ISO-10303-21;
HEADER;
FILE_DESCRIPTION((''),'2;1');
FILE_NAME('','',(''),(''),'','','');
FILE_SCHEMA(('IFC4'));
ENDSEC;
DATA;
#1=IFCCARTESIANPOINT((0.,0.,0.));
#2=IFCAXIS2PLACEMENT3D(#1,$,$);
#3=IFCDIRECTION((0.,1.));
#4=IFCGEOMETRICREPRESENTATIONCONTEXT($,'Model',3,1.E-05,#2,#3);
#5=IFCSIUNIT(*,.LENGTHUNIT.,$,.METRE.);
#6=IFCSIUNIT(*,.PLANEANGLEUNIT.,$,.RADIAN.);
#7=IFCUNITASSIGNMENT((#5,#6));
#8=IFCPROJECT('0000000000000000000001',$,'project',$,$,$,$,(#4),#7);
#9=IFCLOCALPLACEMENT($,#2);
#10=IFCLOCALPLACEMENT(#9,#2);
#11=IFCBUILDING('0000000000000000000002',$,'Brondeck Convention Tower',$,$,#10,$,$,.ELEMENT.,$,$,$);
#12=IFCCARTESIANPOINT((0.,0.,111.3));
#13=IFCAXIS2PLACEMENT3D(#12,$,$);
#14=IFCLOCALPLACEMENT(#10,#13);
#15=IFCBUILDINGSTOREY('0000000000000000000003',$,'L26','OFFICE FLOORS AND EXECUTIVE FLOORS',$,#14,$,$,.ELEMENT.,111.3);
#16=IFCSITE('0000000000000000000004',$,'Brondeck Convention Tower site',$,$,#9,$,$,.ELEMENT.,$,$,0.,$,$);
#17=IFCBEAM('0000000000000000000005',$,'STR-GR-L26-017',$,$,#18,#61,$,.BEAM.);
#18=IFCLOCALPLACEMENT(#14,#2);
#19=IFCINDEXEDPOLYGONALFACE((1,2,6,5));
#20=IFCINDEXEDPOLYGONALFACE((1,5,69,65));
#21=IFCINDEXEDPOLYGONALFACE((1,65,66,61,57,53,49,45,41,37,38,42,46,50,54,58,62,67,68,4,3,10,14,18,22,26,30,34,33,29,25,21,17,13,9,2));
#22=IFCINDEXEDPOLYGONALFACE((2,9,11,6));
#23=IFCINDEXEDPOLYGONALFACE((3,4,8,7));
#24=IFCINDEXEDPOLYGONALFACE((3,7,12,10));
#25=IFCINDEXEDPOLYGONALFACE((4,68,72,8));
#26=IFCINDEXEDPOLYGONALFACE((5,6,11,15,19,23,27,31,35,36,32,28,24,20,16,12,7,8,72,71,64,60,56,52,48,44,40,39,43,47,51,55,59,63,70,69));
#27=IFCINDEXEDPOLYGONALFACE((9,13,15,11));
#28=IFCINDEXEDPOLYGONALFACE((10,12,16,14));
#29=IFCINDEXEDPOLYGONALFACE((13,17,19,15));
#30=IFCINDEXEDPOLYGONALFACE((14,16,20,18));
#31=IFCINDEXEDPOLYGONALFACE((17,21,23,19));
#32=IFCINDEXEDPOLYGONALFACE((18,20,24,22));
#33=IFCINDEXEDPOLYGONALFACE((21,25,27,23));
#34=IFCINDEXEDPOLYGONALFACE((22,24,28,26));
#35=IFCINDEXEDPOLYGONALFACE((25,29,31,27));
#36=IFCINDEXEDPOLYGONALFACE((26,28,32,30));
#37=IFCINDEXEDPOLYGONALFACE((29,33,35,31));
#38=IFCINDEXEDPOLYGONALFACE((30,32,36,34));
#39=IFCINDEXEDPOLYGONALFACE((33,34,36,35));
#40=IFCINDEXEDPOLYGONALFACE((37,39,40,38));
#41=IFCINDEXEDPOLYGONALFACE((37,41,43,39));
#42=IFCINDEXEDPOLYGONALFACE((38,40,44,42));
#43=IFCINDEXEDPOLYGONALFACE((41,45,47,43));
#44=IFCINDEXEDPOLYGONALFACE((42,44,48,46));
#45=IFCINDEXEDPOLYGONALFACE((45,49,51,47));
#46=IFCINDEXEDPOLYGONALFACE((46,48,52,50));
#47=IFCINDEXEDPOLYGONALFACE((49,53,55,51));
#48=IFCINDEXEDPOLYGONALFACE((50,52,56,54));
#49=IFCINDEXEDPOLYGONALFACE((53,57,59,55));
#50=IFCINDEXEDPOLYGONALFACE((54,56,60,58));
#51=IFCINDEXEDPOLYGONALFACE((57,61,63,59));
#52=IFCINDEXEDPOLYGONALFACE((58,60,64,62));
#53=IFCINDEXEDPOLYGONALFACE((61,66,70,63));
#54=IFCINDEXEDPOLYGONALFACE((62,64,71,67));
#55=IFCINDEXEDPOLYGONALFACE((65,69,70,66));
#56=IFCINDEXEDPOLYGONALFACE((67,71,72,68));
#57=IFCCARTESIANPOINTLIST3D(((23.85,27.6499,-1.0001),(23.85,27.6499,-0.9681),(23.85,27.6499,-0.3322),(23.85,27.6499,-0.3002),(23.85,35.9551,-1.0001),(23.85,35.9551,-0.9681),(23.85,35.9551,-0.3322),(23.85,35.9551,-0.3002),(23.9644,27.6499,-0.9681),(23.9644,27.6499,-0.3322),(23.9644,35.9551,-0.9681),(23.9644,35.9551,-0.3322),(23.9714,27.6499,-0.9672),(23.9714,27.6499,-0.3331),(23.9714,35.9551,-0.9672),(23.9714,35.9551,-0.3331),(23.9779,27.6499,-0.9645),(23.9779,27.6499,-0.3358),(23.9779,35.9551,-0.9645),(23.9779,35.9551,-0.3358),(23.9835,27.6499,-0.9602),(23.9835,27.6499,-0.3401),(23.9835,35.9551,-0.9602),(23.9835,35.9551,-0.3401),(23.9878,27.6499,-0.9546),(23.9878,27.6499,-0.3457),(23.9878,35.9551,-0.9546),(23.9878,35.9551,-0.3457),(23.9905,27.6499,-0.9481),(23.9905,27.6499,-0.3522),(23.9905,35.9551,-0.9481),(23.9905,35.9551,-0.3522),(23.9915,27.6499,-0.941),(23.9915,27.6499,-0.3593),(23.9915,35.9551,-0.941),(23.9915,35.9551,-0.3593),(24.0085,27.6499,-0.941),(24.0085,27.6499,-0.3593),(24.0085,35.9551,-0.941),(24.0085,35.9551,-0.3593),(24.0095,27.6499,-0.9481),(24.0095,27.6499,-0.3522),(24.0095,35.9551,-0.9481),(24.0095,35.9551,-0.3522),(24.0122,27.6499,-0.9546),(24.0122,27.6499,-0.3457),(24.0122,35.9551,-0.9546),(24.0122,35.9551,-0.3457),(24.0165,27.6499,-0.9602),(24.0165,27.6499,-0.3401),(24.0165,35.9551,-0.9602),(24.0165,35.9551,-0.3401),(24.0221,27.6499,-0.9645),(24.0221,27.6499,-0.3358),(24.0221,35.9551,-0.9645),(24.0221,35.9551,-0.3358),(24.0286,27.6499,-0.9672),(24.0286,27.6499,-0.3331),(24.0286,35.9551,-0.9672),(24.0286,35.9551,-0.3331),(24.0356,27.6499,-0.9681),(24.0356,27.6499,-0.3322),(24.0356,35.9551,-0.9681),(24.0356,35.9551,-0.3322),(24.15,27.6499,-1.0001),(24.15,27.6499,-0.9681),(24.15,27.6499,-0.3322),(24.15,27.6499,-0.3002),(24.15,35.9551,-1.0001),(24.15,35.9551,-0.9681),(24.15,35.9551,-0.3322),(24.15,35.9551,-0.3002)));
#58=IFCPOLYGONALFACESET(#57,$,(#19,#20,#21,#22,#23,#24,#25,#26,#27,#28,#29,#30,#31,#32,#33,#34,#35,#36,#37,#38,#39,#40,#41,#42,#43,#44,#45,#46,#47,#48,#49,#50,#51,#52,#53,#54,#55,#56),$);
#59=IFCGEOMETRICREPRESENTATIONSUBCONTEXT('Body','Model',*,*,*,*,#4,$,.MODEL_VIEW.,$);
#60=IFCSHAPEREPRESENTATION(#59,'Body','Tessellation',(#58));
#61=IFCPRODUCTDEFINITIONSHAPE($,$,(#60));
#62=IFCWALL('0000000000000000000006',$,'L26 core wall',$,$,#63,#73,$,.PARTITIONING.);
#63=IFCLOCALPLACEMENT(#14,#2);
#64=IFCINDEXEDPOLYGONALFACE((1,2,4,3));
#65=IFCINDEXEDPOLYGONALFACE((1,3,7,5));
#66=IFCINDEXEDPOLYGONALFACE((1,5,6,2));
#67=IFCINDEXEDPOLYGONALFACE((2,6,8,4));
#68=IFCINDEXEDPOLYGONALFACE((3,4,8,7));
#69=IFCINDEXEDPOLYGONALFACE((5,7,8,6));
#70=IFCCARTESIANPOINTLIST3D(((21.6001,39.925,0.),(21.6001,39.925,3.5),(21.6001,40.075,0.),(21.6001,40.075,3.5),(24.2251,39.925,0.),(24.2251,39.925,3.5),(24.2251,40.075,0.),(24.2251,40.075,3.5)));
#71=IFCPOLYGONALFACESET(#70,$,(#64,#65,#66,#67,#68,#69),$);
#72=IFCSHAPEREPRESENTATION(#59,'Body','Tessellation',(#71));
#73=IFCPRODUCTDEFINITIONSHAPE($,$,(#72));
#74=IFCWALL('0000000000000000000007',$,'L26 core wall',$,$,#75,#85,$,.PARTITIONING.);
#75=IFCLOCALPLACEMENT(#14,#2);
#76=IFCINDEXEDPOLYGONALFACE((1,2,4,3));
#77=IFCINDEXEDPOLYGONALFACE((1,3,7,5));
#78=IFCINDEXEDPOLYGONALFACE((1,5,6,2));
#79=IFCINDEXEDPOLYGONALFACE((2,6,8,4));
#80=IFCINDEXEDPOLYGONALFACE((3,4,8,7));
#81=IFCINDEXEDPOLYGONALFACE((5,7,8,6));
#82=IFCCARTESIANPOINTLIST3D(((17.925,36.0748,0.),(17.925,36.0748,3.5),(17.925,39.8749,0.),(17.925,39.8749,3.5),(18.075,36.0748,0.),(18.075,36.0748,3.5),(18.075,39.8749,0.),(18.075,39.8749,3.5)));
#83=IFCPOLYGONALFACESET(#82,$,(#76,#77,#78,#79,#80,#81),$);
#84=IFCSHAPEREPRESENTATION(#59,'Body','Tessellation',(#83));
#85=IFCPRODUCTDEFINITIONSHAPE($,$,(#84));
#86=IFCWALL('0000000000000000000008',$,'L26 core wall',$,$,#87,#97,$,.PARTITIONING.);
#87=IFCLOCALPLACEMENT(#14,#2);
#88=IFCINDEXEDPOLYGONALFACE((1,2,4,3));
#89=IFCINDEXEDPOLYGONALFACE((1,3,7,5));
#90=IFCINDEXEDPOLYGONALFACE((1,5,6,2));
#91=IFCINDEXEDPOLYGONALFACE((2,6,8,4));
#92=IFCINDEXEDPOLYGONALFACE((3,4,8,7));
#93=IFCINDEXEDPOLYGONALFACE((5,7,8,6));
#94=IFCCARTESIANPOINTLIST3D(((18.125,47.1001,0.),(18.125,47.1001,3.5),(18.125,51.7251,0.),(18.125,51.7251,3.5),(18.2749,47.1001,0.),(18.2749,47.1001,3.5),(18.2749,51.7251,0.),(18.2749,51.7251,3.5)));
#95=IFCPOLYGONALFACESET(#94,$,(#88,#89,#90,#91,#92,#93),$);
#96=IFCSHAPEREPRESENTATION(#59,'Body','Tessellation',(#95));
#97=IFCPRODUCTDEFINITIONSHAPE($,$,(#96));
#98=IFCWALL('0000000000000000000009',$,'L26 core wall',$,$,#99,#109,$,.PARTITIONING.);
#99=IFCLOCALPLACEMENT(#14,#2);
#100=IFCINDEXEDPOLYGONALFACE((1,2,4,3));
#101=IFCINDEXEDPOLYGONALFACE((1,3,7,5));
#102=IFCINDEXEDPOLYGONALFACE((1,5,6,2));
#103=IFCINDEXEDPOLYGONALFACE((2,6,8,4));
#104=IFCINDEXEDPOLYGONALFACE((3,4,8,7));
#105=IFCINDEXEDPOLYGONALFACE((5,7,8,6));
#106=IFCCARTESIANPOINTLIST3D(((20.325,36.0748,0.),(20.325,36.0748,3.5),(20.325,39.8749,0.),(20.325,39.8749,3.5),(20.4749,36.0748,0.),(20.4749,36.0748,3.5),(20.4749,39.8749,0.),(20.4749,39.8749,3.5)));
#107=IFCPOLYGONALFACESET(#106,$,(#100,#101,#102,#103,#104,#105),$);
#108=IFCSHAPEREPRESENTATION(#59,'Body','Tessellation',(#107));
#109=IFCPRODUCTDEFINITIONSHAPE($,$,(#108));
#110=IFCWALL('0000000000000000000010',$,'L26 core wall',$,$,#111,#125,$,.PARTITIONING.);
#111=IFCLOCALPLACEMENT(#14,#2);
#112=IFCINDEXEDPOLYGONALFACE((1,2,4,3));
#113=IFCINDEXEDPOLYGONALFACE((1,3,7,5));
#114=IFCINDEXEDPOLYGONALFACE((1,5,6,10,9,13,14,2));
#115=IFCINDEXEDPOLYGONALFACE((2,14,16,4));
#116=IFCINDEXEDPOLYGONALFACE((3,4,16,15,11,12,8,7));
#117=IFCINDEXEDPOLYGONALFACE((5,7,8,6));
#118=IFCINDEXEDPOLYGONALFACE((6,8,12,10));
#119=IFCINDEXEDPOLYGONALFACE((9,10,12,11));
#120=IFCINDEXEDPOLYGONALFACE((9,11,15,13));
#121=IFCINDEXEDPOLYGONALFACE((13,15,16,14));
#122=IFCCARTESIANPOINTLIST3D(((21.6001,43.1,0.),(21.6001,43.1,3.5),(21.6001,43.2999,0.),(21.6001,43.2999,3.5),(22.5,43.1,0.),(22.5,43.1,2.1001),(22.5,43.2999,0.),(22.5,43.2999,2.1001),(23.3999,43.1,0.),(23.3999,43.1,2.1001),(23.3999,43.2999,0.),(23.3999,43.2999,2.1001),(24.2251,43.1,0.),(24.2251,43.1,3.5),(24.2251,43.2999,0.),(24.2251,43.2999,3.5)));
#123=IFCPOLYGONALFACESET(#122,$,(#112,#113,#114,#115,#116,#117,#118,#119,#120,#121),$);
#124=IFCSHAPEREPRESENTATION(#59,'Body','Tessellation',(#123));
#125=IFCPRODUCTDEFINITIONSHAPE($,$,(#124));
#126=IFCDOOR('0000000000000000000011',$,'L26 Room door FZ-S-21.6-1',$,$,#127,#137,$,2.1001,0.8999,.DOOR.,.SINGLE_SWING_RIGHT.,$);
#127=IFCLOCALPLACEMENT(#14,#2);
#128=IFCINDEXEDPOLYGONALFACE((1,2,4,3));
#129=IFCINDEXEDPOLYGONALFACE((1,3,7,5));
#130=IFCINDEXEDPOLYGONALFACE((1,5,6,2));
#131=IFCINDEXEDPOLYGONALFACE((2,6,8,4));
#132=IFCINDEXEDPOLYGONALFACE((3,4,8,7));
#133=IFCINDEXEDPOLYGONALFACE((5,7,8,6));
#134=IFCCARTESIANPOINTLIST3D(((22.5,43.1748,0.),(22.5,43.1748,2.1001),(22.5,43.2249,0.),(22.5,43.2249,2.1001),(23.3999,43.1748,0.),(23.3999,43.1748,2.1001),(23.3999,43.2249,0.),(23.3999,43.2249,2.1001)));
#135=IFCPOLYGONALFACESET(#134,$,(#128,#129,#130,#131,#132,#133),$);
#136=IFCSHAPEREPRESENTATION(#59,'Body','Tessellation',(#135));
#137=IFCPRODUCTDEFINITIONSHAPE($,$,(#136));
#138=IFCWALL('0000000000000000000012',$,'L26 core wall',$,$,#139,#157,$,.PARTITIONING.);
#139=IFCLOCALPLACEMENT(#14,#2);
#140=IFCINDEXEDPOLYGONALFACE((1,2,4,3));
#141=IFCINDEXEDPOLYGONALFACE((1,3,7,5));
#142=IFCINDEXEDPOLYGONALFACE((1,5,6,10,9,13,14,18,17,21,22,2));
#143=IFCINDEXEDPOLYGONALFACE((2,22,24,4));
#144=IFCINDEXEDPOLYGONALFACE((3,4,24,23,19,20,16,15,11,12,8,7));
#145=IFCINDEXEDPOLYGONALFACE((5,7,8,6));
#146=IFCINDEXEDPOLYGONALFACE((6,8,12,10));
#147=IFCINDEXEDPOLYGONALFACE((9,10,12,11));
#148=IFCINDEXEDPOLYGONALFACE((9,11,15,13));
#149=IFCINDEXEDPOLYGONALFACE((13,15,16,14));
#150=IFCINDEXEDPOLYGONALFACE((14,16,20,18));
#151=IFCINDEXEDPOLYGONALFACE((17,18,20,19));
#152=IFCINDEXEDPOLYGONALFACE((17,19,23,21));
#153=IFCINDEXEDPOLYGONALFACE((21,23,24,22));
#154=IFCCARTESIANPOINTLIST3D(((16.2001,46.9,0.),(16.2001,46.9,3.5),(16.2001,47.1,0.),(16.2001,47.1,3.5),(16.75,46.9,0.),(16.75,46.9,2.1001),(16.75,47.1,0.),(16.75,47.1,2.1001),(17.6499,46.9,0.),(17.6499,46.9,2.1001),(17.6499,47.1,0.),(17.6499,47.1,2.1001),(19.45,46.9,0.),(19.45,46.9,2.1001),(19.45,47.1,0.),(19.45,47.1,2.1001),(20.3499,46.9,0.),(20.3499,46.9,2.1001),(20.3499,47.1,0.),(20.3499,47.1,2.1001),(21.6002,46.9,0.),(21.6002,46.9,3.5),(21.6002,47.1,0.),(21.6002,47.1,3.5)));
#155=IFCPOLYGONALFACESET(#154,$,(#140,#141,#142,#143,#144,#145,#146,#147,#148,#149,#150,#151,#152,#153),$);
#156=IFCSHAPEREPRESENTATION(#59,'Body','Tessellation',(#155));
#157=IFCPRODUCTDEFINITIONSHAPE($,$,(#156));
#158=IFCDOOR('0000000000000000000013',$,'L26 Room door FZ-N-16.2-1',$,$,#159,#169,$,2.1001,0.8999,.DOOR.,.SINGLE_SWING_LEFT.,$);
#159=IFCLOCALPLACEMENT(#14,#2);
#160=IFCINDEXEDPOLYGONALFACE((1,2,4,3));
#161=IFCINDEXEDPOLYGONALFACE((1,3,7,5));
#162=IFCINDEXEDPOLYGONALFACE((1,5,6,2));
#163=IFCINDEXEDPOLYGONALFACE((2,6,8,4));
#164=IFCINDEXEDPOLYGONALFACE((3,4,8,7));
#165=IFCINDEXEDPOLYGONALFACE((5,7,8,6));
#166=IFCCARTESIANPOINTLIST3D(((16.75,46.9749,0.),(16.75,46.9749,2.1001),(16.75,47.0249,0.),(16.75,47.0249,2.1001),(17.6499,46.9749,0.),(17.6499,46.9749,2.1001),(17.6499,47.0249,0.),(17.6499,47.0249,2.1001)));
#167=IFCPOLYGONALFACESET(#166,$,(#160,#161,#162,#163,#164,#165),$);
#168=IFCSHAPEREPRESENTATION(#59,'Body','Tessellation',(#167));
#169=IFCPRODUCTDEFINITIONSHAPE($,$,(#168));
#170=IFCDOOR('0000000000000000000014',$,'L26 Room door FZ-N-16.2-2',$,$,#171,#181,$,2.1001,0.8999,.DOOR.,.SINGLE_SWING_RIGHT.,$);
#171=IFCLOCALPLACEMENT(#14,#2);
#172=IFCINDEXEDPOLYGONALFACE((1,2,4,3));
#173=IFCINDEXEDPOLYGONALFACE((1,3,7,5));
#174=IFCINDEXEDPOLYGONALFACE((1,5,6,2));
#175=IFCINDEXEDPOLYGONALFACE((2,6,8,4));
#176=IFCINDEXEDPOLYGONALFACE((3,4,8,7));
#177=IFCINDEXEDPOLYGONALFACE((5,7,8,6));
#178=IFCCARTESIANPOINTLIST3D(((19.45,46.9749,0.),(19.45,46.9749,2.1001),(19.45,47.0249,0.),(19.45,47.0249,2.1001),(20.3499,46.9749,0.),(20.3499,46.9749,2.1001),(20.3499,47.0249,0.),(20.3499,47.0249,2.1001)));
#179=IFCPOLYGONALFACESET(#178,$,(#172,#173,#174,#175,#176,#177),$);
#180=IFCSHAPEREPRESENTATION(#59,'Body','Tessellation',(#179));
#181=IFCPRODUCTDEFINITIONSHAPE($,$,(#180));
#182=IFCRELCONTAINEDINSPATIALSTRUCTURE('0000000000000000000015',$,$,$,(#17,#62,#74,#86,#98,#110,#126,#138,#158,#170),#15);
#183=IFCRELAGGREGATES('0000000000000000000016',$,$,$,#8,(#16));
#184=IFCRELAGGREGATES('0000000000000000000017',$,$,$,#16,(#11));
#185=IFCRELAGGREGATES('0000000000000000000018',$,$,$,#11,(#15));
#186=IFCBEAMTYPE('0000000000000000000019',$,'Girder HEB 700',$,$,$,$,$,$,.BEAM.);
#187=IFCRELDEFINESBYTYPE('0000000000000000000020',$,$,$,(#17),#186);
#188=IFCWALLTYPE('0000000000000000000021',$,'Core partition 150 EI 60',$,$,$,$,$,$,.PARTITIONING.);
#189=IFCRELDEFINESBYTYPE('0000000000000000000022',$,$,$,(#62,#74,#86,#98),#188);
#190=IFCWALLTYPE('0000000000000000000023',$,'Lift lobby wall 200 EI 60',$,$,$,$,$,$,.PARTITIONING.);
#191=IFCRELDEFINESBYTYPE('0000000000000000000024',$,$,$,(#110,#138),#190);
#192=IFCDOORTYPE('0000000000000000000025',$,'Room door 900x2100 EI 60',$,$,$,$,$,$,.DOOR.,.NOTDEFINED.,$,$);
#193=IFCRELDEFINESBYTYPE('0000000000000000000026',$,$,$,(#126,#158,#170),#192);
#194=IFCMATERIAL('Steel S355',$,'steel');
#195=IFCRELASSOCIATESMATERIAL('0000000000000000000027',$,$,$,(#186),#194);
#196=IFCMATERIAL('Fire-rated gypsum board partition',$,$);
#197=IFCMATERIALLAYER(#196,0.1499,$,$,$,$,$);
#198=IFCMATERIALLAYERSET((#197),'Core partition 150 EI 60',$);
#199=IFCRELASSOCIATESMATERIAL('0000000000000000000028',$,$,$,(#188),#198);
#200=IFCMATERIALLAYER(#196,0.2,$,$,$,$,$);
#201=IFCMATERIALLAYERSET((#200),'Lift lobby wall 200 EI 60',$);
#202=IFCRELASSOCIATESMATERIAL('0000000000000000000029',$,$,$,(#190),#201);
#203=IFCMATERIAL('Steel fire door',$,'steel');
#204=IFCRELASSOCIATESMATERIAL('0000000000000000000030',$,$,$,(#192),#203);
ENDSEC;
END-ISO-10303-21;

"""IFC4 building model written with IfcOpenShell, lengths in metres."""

from ifc_helpers import new_model, si_unit, direction, frame, frame_2d, origin, origin_2d, place, context, subcontext, project, spatial, rectangle, i_section, extrude, material, layer, layer_set, material_profile, profile_set, type_object, element, fill, save


model = new_model("IFC4")

# Units and contexts
model_context = context("Model", 3, precision=1e-05, world=origin(), true_north=direction((0.0, 1.0)))
body_context = subcontext(model_context, "Body", "Model", "MODEL_VIEW")
ifc_project = project(units=[si_unit("LENGTHUNIT", "METRE"), si_unit("PLANEANGLEUNIT", "RADIAN")], contexts=[model_context])

# Site, building, storey
site_placement = place(None, origin())
site = spatial("IfcSite", under=ifc_project, at=site_placement, Name="Brondeck Convention Tower site", CompositionType="ELEMENT", RefElevation=0.0)
building_placement = place(site_placement, origin())
building = spatial("IfcBuilding", under=site, at=building_placement, Name="Brondeck Convention Tower", CompositionType="ELEMENT")
storey_placement = place(building_placement, frame((0.0, 0.0, 111.3)))
storey = spatial("IfcBuildingStorey", under=building, at=storey_placement, Name="L26", Description="OFFICE FLOORS AND EXECUTIVE FLOORS", CompositionType="ELEMENT", Elevation=111.3)

# Beam
ifc_material_1 = material(Name="Steel S355", Category="steel")
ifc_material_profile = material_profile(ifc_material_1, i_section(OverallWidth=0.3, OverallDepth=0.7, WebThickness=0.0171, FlangeThickness=0.032, FilletRadius=0.0271, at=origin_2d()), Name="HEB 700")
ifc_profile_set = profile_set([ifc_material_profile], Name="Steel S355")
beam_type = type_object("IfcBeamType", Name="Girder HEB 700", PredefinedType="BEAM", material=ifc_profile_set)
beam_placement = place(storey_placement, frame((24.0, 35.9551, -0.6501), z_axis=(0.0, -1.0, 0.0), x_axis=(1.0, 0.0, 0.0)))
element("IfcBeam", 1, at=beam_placement, inside=storey, type_object=beam_type, Name="STR-GR-L26-017", PredefinedType="BEAM", context=body_context, shape_type="SweptSolid", body=[
    extrude(i_section(OverallWidth=0.3, OverallDepth=0.7, WebThickness=0.0171, FlangeThickness=0.032, FilletRadius=0.0271, at=origin_2d()), origin(), (0.0, 0.0, 1.0), 8.3052),
])

# Walls
ifc_material_2 = material(Name="Fire-rated gypsum board partition")
ifc_layer_1 = layer(ifc_material_2, 0.1499)
ifc_layer_set_1 = layer_set([ifc_layer_1], Name="Core partition 150 EI 60")
wall_type_1 = type_object("IfcWallType", Name="Core partition 150 EI 60", PredefinedType="PARTITIONING", material=ifc_layer_set_1)
wall_1_placement = place(storey_placement, frame((21.6001, 40.0, 0.0), z_axis=(0.0, 0.0, 1.0), x_axis=(1.0, 0.0, 0.0)))
element("IfcWall", 2, at=wall_1_placement, inside=storey, type_object=wall_type_1, Name="L26 core wall", PredefinedType="PARTITIONING", context=body_context, shape_type="SweptSolid", body=[
    extrude(rectangle(XDim=2.625, YDim=0.1499, at=frame_2d((1.3125, 0.0))), origin(), (0.0, 0.0, 1.0), 3.5),
])
wall_2_placement = place(storey_placement, frame((18.0, 36.075, 0.0), z_axis=(0.0, 0.0, 1.0), x_axis=(0.0, 1.0, 0.0)))
element("IfcWall", 3, at=wall_2_placement, inside=storey, type_object=wall_type_1, Name="L26 core wall", PredefinedType="PARTITIONING", context=body_context, shape_type="SweptSolid", body=[
    extrude(rectangle(XDim=3.8, YDim=0.1499, at=frame_2d((1.8999, 0.0))), origin(), (0.0, 0.0, 1.0), 3.5),
])
wall_3_placement = place(storey_placement, frame((18.2, 47.1001, 0.0), z_axis=(0.0, 0.0, 1.0), x_axis=(0.0, 1.0, 0.0)))
element("IfcWall", 4, at=wall_3_placement, inside=storey, type_object=wall_type_1, Name="L26 core wall", PredefinedType="PARTITIONING", context=body_context, shape_type="SweptSolid", body=[
    extrude(rectangle(XDim=4.625, YDim=0.1499, at=frame_2d((2.3125, 0.0))), origin(), (0.0, 0.0, 1.0), 3.5),
])
wall_4_placement = place(storey_placement, frame((20.3999, 36.075, 0.0), z_axis=(0.0, 0.0, 1.0), x_axis=(0.0, 1.0, 0.0)))
element("IfcWall", 5, at=wall_4_placement, inside=storey, type_object=wall_type_1, Name="L26 core wall", PredefinedType="PARTITIONING", context=body_context, shape_type="SweptSolid", body=[
    extrude(rectangle(XDim=3.8, YDim=0.1499, at=frame_2d((1.8999, 0.0))), origin(), (0.0, 0.0, 1.0), 3.5),
])

# Wall, opening, door
ifc_layer_2 = layer(ifc_material_2, 0.2)
ifc_layer_set_2 = layer_set([ifc_layer_2], Name="Lift lobby wall 200 EI 60")
wall_type_2 = type_object("IfcWallType", Name="Lift lobby wall 200 EI 60", PredefinedType="PARTITIONING", material=ifc_layer_set_2)
wall_5_placement = place(storey_placement, frame((21.6001, 43.2, 0.0), z_axis=(0.0, 0.0, 1.0), x_axis=(1.0, 0.0, 0.0)))
wall_5 = element("IfcWall", 6, at=wall_5_placement, inside=storey, type_object=wall_type_2, Name="L26 core wall", PredefinedType="PARTITIONING", context=body_context, shape_type="SweptSolid", body=[
    extrude(rectangle(XDim=2.625, YDim=0.2, at=frame_2d((1.3125, 0.0))), origin(), (0.0, 0.0, 1.0), 3.5),
])
opening_1_placement = place(wall_5_placement, frame((0.8999, 0.0, 0.0)))
opening_1 = element("IfcOpeningElement", 7, at=opening_1_placement, cuts=wall_5, PredefinedType="OPENING", context=body_context, shape_type="SweptSolid", body=[
    extrude(rectangle(XDim=0.8999, YDim=2.1001, at=frame_2d((0.45, 1.05))), frame((0.0, 0.1099, 0.0), z_axis=(0.0, -1.0, 0.0), x_axis=(1.0, 0.0, 0.0)), (0.0, 0.0, 1.0), 0.22),
])
ifc_material_3 = material(Name="Steel fire door", Category="steel")
door_type_1 = type_object("IfcDoorType", Name="Room door 900x2100 EI 60", OperationType="NOTDEFINED", PredefinedType="DOOR", material=ifc_material_3)
door_1_placement = place(opening_1_placement, origin())
door_1 = element("IfcDoor", 8, at=door_1_placement, inside=storey, type_object=door_type_1, Name="L26 Room door FZ-S-21.6-1", OperationType="SINGLE_SWING_RIGHT", OverallHeight=2.1001, OverallWidth=0.8999, PredefinedType="DOOR", context=body_context, shape_type="SweptSolid", body=[
    extrude(rectangle(XDim=0.8999, YDim=2.1001, at=frame_2d((0.45, 1.05))), frame((0.0, 0.0249, 0.0), z_axis=(0.0, -1.0, 0.0), x_axis=(1.0, 0.0, 0.0)), (0.0, 0.0, 1.0), 0.05),
])
fill(opening_1, door_1)

# Wall, openings, doors
wall_6_placement = place(storey_placement, frame((16.2, 47.0, 0.0), z_axis=(0.0, 0.0, 1.0), x_axis=(1.0, 0.0, 0.0)))
wall_6 = element("IfcWall", 9, at=wall_6_placement, inside=storey, type_object=wall_type_2, Name="L26 core wall", PredefinedType="PARTITIONING", context=body_context, shape_type="SweptSolid", body=[
    extrude(rectangle(XDim=5.4001, YDim=0.2, at=frame_2d((2.7002, 0.0))), origin(), (0.0, 0.0, 1.0), 3.5),
])
opening_2_placement = place(wall_6_placement, frame((0.55, 0.0, 0.0)))
opening_2 = element("IfcOpeningElement", 10, at=opening_2_placement, cuts=wall_6, PredefinedType="OPENING", context=body_context, shape_type="SweptSolid", body=[
    extrude(rectangle(XDim=0.8999, YDim=2.1001, at=frame_2d((0.45, 1.05))), frame((0.0, 0.1099, 0.0), z_axis=(0.0, -1.0, 0.0), x_axis=(1.0, 0.0, 0.0)), (0.0, 0.0, 1.0), 0.22),
])
opening_3_placement = place(wall_6_placement, frame((3.25, 0.0, 0.0)))
opening_3 = element("IfcOpeningElement", 11, at=opening_3_placement, cuts=wall_6, PredefinedType="OPENING", context=body_context, shape_type="SweptSolid", body=[
    extrude(rectangle(XDim=0.8999, YDim=2.1001, at=frame_2d((0.45, 1.05))), frame((0.0, 0.1099, 0.0), z_axis=(0.0, -1.0, 0.0), x_axis=(1.0, 0.0, 0.0)), (0.0, 0.0, 1.0), 0.22),
])
door_2_placement = place(opening_2_placement, origin())
door_2 = element("IfcDoor", 12, at=door_2_placement, inside=storey, type_object=door_type_1, Name="L26 Room door FZ-N-16.2-1", OperationType="SINGLE_SWING_LEFT", OverallHeight=2.1001, OverallWidth=0.8999, PredefinedType="DOOR", context=body_context, shape_type="SweptSolid", body=[
    extrude(rectangle(XDim=0.8999, YDim=2.1001, at=frame_2d((0.45, 1.05))), frame((0.0, 0.0249, 0.0), z_axis=(0.0, -1.0, 0.0), x_axis=(1.0, 0.0, 0.0)), (0.0, 0.0, 1.0), 0.05),
])
fill(opening_2, door_2)
door_3_placement = place(opening_3_placement, origin())
door_3 = element("IfcDoor", 13, at=door_3_placement, inside=storey, type_object=door_type_1, Name="L26 Room door FZ-N-16.2-2", OperationType="SINGLE_SWING_RIGHT", OverallHeight=2.1001, OverallWidth=0.8999, PredefinedType="DOOR", context=body_context, shape_type="SweptSolid", body=[
    extrude(rectangle(XDim=0.8999, YDim=2.1001, at=frame_2d((0.45, 1.05))), frame((0.0, 0.0249, 0.0), z_axis=(0.0, -1.0, 0.0), x_axis=(1.0, 0.0, 0.0)), (0.0, 0.0, 1.0), 0.05),
])
fill(opening_3, door_3)

save(model, "model.ifc")
